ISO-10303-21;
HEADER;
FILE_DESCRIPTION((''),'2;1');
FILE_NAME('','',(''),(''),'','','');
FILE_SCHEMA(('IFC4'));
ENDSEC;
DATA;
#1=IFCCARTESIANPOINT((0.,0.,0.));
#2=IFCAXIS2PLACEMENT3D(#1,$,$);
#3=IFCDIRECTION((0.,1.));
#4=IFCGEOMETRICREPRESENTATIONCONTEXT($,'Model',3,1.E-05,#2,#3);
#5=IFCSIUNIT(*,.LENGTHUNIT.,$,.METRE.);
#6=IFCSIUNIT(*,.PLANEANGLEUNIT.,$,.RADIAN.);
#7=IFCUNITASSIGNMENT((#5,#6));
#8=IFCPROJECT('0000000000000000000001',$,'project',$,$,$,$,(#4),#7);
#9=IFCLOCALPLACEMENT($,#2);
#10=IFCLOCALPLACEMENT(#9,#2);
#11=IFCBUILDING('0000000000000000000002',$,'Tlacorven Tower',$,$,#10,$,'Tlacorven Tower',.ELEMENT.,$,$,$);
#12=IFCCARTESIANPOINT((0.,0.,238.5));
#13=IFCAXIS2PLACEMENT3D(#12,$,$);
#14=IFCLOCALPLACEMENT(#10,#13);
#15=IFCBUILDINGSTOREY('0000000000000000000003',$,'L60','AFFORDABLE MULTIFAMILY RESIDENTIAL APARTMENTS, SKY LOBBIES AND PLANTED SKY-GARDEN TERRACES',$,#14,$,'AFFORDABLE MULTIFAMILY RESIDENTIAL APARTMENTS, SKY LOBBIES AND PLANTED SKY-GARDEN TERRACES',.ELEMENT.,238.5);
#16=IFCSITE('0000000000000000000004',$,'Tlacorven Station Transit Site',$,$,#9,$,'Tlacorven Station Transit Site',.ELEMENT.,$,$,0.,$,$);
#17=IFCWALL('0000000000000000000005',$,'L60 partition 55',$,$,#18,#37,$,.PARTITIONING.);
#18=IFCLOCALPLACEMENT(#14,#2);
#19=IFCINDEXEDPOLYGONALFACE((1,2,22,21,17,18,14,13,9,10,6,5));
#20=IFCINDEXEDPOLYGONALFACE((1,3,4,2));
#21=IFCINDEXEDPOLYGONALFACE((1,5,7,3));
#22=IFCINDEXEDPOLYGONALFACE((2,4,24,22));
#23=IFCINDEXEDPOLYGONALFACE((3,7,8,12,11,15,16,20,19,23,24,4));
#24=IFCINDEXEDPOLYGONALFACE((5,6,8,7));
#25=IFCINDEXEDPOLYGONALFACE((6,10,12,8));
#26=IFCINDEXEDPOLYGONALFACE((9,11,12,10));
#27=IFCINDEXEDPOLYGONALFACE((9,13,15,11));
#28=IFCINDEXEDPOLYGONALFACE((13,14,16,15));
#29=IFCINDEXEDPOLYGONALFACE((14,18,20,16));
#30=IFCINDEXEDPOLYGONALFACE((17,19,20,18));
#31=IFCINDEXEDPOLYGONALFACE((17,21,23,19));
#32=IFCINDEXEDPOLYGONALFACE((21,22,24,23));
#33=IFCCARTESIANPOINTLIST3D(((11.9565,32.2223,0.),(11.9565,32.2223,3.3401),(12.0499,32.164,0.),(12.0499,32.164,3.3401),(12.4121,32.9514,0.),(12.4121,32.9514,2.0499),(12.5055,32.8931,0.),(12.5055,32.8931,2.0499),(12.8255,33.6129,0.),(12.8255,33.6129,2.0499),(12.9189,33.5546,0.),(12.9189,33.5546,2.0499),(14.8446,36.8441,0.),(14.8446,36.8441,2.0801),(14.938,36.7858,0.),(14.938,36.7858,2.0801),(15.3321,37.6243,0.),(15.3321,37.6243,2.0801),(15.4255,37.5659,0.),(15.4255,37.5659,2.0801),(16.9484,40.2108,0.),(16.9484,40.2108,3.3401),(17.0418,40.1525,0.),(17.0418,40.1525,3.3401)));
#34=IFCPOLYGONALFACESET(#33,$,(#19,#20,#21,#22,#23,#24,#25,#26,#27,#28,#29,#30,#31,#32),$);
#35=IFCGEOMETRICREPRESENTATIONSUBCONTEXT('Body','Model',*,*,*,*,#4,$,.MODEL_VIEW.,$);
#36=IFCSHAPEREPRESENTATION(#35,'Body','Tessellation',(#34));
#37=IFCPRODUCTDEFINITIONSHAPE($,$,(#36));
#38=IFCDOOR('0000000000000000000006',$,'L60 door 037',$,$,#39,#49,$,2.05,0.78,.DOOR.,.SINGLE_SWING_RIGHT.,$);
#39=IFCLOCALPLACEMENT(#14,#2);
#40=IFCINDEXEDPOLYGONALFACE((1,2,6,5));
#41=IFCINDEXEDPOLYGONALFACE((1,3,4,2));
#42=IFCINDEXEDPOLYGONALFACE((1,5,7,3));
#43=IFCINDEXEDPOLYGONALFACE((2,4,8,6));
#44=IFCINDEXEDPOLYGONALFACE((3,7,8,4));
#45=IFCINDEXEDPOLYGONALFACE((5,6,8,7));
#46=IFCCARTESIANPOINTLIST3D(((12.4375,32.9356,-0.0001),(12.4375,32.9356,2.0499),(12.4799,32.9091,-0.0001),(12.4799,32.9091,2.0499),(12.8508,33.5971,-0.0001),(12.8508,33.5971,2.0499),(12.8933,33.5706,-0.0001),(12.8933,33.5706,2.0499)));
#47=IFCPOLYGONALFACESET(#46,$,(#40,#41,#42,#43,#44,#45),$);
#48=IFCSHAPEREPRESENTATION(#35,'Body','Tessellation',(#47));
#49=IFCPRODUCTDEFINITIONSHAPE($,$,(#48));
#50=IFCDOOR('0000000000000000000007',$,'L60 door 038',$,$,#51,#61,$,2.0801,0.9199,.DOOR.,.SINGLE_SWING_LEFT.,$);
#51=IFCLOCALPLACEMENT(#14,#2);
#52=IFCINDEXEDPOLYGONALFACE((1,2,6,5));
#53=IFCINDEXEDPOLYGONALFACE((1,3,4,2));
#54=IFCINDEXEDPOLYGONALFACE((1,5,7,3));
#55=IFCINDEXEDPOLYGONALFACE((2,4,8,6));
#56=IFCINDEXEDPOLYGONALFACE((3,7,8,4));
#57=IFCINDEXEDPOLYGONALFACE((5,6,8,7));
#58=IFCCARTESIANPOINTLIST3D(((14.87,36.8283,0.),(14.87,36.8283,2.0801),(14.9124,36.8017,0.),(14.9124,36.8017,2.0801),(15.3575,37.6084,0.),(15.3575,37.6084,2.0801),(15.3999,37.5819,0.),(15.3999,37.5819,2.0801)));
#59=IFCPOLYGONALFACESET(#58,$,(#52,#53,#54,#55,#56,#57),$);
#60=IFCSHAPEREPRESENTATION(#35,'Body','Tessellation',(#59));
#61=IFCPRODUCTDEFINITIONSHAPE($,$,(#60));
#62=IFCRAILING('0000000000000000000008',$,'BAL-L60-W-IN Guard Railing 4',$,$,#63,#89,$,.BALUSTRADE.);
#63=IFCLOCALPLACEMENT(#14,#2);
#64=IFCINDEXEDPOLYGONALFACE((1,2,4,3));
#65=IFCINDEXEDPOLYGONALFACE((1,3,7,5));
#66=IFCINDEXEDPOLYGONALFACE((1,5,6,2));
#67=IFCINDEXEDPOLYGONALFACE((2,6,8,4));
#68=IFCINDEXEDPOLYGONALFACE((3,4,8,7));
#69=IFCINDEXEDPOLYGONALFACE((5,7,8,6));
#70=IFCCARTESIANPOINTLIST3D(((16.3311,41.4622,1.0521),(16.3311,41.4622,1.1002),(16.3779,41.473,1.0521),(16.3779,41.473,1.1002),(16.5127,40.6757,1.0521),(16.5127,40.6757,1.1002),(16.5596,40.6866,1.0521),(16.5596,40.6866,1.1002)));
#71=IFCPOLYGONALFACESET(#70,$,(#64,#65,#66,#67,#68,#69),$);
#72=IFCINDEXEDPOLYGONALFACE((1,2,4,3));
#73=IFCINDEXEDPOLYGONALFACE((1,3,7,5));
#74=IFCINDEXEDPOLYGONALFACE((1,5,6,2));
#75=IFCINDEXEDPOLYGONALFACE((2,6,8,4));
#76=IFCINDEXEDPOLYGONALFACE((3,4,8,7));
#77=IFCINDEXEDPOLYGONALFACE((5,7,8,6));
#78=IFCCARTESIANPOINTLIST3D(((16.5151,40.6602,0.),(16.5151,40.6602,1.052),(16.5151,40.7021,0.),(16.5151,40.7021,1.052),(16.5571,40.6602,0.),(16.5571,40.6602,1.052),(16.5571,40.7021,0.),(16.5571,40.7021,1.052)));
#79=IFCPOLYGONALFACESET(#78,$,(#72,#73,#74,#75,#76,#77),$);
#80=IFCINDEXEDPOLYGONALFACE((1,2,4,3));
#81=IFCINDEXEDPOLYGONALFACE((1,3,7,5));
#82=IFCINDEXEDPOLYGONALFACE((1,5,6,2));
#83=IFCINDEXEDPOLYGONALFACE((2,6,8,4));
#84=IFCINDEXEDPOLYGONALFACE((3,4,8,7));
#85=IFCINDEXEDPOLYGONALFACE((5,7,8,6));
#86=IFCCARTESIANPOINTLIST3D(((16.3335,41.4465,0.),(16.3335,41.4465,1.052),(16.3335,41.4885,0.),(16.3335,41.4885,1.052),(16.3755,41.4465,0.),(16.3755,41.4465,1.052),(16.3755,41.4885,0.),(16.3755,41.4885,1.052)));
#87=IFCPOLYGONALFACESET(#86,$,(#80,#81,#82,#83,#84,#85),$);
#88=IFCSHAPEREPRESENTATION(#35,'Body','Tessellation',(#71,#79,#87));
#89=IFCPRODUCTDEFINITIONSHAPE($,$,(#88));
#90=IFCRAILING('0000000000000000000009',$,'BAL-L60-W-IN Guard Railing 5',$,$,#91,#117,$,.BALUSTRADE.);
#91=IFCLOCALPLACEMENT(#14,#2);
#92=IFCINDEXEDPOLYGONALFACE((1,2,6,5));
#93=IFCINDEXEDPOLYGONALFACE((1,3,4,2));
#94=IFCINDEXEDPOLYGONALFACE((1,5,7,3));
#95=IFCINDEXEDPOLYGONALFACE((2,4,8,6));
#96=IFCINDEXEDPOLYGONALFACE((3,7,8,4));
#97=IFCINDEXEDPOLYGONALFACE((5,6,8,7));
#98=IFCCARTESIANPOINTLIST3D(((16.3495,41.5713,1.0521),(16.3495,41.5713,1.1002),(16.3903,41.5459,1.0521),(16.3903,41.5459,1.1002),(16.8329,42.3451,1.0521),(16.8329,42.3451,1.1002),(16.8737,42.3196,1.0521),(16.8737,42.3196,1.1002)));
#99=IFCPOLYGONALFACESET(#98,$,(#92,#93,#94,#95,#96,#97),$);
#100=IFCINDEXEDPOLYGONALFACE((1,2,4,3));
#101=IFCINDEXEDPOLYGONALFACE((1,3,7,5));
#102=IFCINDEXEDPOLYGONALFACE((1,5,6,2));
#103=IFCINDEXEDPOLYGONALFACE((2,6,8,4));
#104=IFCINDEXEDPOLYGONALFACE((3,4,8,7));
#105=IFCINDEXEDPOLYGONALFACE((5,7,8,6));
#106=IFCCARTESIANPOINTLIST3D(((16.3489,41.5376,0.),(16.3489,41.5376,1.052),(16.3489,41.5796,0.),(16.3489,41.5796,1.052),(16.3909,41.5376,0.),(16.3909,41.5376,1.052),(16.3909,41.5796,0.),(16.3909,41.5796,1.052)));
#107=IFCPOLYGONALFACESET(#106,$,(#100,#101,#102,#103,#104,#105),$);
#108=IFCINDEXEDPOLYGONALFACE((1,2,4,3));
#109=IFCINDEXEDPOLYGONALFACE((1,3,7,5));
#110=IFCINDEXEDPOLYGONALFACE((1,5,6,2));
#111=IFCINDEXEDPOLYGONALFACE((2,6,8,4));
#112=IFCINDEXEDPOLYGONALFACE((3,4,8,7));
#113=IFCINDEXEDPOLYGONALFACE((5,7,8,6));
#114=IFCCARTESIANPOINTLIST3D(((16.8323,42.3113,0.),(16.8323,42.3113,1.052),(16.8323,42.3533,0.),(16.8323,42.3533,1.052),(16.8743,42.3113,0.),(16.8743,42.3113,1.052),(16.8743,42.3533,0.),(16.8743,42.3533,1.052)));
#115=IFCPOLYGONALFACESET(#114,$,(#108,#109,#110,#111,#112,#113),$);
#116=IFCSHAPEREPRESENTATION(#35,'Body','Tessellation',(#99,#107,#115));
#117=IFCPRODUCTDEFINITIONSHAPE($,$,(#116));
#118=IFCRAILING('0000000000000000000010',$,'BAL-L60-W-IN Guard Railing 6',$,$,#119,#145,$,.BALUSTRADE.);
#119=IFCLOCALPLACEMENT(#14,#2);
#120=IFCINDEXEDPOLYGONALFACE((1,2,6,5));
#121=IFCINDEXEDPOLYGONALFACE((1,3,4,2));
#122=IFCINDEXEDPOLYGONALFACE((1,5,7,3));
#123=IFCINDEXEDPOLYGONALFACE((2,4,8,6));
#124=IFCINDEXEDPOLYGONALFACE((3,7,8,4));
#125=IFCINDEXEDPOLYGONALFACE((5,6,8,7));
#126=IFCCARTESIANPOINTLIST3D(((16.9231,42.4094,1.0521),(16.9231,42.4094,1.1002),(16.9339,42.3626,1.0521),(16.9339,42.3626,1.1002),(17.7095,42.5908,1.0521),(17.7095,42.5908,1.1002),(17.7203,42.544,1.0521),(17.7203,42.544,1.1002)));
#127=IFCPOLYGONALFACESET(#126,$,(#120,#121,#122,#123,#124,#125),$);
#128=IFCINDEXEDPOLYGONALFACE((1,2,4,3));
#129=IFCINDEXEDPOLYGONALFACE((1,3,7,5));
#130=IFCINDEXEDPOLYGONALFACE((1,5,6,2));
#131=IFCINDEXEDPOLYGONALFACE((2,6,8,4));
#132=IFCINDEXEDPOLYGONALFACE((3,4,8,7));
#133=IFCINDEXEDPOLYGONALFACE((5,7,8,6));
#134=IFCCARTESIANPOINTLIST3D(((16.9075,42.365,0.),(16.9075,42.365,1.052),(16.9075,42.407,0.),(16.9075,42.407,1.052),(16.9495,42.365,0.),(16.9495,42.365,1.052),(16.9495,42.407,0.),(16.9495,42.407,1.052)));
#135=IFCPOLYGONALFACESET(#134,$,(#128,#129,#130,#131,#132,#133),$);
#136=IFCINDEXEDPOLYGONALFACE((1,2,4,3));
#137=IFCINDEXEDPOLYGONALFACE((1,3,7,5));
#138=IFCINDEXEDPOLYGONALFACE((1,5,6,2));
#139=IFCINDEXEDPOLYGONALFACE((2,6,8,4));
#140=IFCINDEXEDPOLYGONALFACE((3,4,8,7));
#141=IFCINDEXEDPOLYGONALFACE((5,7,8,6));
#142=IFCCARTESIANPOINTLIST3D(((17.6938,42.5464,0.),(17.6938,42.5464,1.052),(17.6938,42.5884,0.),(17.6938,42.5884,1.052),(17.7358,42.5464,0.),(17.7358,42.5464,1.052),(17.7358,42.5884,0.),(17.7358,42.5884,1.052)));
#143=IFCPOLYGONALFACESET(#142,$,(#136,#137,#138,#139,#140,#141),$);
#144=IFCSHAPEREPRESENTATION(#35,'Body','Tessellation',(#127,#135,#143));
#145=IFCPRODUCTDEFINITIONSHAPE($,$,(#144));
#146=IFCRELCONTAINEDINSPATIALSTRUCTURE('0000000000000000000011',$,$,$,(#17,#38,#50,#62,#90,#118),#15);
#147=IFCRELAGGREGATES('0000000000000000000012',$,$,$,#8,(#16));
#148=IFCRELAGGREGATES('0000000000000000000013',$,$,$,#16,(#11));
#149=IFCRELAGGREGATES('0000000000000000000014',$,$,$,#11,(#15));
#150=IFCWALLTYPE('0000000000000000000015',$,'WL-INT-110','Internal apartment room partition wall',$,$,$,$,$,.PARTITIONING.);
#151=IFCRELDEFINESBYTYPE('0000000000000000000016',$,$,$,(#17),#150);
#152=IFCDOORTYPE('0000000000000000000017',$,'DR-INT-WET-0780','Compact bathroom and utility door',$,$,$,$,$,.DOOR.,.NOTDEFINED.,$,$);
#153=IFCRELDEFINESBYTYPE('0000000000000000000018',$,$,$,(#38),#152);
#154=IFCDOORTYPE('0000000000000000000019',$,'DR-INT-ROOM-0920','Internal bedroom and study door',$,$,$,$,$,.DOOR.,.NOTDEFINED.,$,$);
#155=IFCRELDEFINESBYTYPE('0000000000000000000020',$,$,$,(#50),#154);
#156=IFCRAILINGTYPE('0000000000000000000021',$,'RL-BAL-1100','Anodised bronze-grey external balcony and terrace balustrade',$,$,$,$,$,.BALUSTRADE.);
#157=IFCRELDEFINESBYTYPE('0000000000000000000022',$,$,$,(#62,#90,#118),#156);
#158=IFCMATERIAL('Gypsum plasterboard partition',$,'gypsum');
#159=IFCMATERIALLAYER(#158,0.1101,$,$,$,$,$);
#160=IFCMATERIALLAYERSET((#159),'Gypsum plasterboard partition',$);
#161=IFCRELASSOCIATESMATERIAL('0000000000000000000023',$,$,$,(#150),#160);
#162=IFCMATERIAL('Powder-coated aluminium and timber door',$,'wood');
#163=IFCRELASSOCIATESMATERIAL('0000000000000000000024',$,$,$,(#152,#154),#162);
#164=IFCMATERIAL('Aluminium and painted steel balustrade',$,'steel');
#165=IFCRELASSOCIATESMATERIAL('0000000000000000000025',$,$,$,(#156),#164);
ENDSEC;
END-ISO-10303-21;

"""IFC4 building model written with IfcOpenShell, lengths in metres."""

from ifc_helpers import new_model, si_unit, direction, frame, frame_2d, origin, origin_2d, place, context, subcontext, project, spatial, rectangle, extrude, source, transform, mapped, material, layer, layer_set, type_object, element, fill, save


model = new_model("IFC4")

# Units and contexts
model_context = context("Model", 3, precision=1e-05, world=origin(), true_north=direction((0.0, 1.0)))
body_context = subcontext(model_context, "Body", "Model", "MODEL_VIEW")
ifc_project = project(units=[si_unit("LENGTHUNIT", "METRE"), si_unit("PLANEANGLEUNIT", "RADIAN")], contexts=[model_context])

# Site, building, storey
site_placement = place(None, origin())
site = spatial("IfcSite", under=ifc_project, at=site_placement, Name="Tlacorven Station Transit Site", LongName="Tlacorven Station Transit Site", CompositionType="ELEMENT", RefElevation=0.0)
building_placement = place(site_placement, origin())
building = spatial("IfcBuilding", under=site, at=building_placement, Name="Tlacorven Tower", LongName="Tlacorven Tower", CompositionType="ELEMENT")
storey_placement = place(building_placement, frame((0.0, 0.0, 238.5)))
storey = spatial("IfcBuildingStorey", under=building, at=storey_placement, Name="L60", Description="AFFORDABLE MULTIFAMILY RESIDENTIAL APARTMENTS, SKY LOBBIES AND PLANTED SKY-GARDEN TERRACES", LongName="AFFORDABLE MULTIFAMILY RESIDENTIAL APARTMENTS, SKY LOBBIES AND PLANTED SKY-GARDEN TERRACES", CompositionType="ELEMENT", Elevation=238.5)

# Shared definitions
ifc_material_1 = material(Name="Powder-coated aluminium and timber door", Category="wood")

# Wall, openings, doors
ifc_material_2 = material(Name="Gypsum plasterboard partition", Category="gypsum")
ifc_layer_1 = layer(ifc_material_2, 0.1101)
ifc_layer_set_1 = layer_set([ifc_layer_1], Name="Gypsum plasterboard partition")
wall_type_1 = type_object("IfcWallType", Name="WL-INT-110", Description="Internal apartment room partition wall", PredefinedType="PARTITIONING", material=ifc_layer_set_1)
wall_1_placement = place(storey_placement, frame((16.9951, 40.1816, 0.0), z_axis=(0.0, 0.0, 1.0), x_axis=(-0.529931, -0.848041, 0.0)))
wall_1 = element("IfcWall", 1, at=wall_1_placement, inside=storey, type_object=wall_type_1, Name="L60 partition 55", PredefinedType="PARTITIONING", context=body_context, shape_type="SweptSolid", body=[
    extrude(rectangle(XDim=9.4199, YDim=0.1101, at=frame_2d((4.71, 0.0))), origin(), (0.0, 0.0, 1.0), 3.3401),
])
opening_1_placement = place(wall_1_placement, frame((7.78, 0.0, 0.0)))
opening_1 = element("IfcOpeningElement", 2, at=opening_1_placement, cuts=wall_1, PredefinedType="OPENING", context=body_context, shape_type="SweptSolid", body=[
    extrude(rectangle(XDim=0.78, YDim=2.05, at=frame_2d((0.3901, 1.0249))), frame((0.0, 0.0649, 0.0), z_axis=(0.0, -1.0, 0.0), x_axis=(1.0, 0.0, 0.0)), (0.0, 0.0, 1.0), 0.1301),
])
opening_2_placement = place(wall_1_placement, frame((3.05, 0.0, 0.0)))
opening_2 = element("IfcOpeningElement", 3, at=opening_2_placement, cuts=wall_1, PredefinedType="OPENING", context=body_context, shape_type="SweptSolid", body=[
    extrude(rectangle(XDim=0.9199, YDim=2.0801, at=frame_2d((0.46, 1.04))), frame((0.0, 0.0649, 0.0), z_axis=(0.0, -1.0, 0.0), x_axis=(1.0, 0.0, 0.0)), (0.0, 0.0, 1.0), 0.1301),
])
door_type_1 = type_object("IfcDoorType", Name="DR-INT-WET-0780", Description="Compact bathroom and utility door", OperationType="NOTDEFINED", PredefinedType="DOOR", material=ifc_material_1)
shared_shape_1 = source(origin(), body_context, "Body", "SweptSolid", [
    extrude(rectangle(XDim=0.78, YDim=2.05, at=frame_2d((0.3901, 1.0249))), frame((0.0, 0.0249, 0.0), z_axis=(0.0, -1.0, 0.0), x_axis=(1.0, 0.0, 0.0)), (0.0, 0.0, 1.0), 0.05),
])
door_1_placement = place(opening_1_placement, origin())
door_1 = element("IfcDoor", 4, at=door_1_placement, inside=storey, type_object=door_type_1, Name="L60 door 037", OperationType="SINGLE_SWING_RIGHT", OverallHeight=2.05, OverallWidth=0.78, PredefinedType="DOOR", context=body_context, shape_type="MappedRepresentation", body=[
    mapped(shared_shape_1, transform((0.0, 0.0, 0.0), scale=1.0)),
])
fill(opening_1, door_1)
door_type_2 = type_object("IfcDoorType", Name="DR-INT-ROOM-0920", Description="Internal bedroom and study door", OperationType="NOTDEFINED", PredefinedType="DOOR", material=ifc_material_1)
shared_shape_2 = source(origin(), body_context, "Body", "SweptSolid", [
    extrude(rectangle(XDim=0.9199, YDim=2.0801, at=frame_2d((0.46, 1.04))), frame((0.0, 0.0249, 0.0), z_axis=(0.0, -1.0, 0.0), x_axis=(1.0, 0.0, 0.0)), (0.0, 0.0, 1.0), 0.05),
])
door_2_placement = place(opening_2_placement, origin())
door_2 = element("IfcDoor", 5, at=door_2_placement, inside=storey, type_object=door_type_2, Name="L60 door 038", OperationType="SINGLE_SWING_LEFT", OverallHeight=2.0801, OverallWidth=0.9199, PredefinedType="DOOR", context=body_context, shape_type="MappedRepresentation", body=[
    mapped(shared_shape_2, transform((0.0, 0.0, 0.0), scale=1.0)),
])
fill(opening_2, door_2)

# Railings
ifc_material_3 = material(Name="Aluminium and painted steel balustrade", Category="steel")
railing_type = type_object("IfcRailingType", Name="RL-BAL-1100", Description="Anodised bronze-grey external balcony and terrace balustrade", PredefinedType="BALUSTRADE", material=ifc_material_3)
shared_shape_3 = source(origin(), body_context, "Body", "SweptSolid", [
    extrude(rectangle(XDim=0.0481, YDim=0.0481, at=origin_2d()), frame((0.0, 0.0, 1.0762), z_axis=(-0.225058, 0.974345, 0.0), x_axis=(-0.974345, -0.225058, 0.0)), (0.0, 0.0, 1.0), 0.8071),
    extrude(rectangle(XDim=0.042, YDim=0.042, at=origin_2d()), origin(), (0.0, 0.0, 1.0), 1.052),
    extrude(rectangle(XDim=0.042, YDim=0.042, at=origin_2d()), frame((-0.1816, 0.7864, 0.0)), (0.0, 0.0, 1.0), 1.052),
])
railing_1_placement = place(storey_placement, frame((16.5361, 40.6812, 0.0)))
element("IfcRailing", 6, at=railing_1_placement, inside=storey, type_object=railing_type, Name="BAL-L60-W-IN Guard Railing 4", PredefinedType="BALUSTRADE", context=body_context, shape_type="MappedRepresentation", body=[
    mapped(shared_shape_3, transform((0.0, 0.0, 0.0), scale=1.0)),
])
shared_shape_4 = source(origin(), body_context, "Body", "SweptSolid", [
    extrude(rectangle(XDim=0.0481, YDim=0.0481, at=origin_2d()), frame((0.0, 0.0, 1.0762), z_axis=(0.529879, 0.848073, 0.0), x_axis=(-0.848073, 0.529879, 0.0)), (0.0, 0.0, 1.0), 0.9124),
    extrude(rectangle(XDim=0.042, YDim=0.042, at=origin_2d()), origin(), (0.0, 0.0, 1.0), 1.052),
    extrude(rectangle(XDim=0.042, YDim=0.042, at=origin_2d()), frame((0.4834, 0.7737, 0.0)), (0.0, 0.0, 1.0), 1.052),
])
railing_2_placement = place(storey_placement, frame((16.3699, 41.5586, 0.0)))
element("IfcRailing", 7, at=railing_2_placement, inside=storey, type_object=railing_type, Name="BAL-L60-W-IN Guard Railing 5", PredefinedType="BALUSTRADE", context=body_context, shape_type="MappedRepresentation", body=[
    mapped(shared_shape_4, transform((0.0, 0.0, 0.0), scale=1.0)),
])
shared_shape_5 = source(origin(), body_context, "Body", "SweptSolid", [
    extrude(rectangle(XDim=0.0481, YDim=0.0481, at=origin_2d()), frame((0.0, 0.0, 1.0762), z_axis=(0.974412, 0.224771, 0.0), x_axis=(-0.224771, 0.974412, 0.0)), (0.0, 0.0, 1.0), 0.8071),
    extrude(rectangle(XDim=0.042, YDim=0.042, at=origin_2d()), origin(), (0.0, 0.0, 1.0), 1.052),
    extrude(rectangle(XDim=0.042, YDim=0.042, at=origin_2d()), frame((0.7864, 0.1814, 0.0)), (0.0, 0.0, 1.0), 1.052),
])
railing_3_placement = place(storey_placement, frame((16.9285, 42.386, 0.0)))
element("IfcRailing", 8, at=railing_3_placement, inside=storey, type_object=railing_type, Name="BAL-L60-W-IN Guard Railing 6", PredefinedType="BALUSTRADE", context=body_context, shape_type="MappedRepresentation", body=[
    mapped(shared_shape_5, transform((0.0, 0.0, 0.0), scale=1.0)),
])

save(model, "model.ifc")
